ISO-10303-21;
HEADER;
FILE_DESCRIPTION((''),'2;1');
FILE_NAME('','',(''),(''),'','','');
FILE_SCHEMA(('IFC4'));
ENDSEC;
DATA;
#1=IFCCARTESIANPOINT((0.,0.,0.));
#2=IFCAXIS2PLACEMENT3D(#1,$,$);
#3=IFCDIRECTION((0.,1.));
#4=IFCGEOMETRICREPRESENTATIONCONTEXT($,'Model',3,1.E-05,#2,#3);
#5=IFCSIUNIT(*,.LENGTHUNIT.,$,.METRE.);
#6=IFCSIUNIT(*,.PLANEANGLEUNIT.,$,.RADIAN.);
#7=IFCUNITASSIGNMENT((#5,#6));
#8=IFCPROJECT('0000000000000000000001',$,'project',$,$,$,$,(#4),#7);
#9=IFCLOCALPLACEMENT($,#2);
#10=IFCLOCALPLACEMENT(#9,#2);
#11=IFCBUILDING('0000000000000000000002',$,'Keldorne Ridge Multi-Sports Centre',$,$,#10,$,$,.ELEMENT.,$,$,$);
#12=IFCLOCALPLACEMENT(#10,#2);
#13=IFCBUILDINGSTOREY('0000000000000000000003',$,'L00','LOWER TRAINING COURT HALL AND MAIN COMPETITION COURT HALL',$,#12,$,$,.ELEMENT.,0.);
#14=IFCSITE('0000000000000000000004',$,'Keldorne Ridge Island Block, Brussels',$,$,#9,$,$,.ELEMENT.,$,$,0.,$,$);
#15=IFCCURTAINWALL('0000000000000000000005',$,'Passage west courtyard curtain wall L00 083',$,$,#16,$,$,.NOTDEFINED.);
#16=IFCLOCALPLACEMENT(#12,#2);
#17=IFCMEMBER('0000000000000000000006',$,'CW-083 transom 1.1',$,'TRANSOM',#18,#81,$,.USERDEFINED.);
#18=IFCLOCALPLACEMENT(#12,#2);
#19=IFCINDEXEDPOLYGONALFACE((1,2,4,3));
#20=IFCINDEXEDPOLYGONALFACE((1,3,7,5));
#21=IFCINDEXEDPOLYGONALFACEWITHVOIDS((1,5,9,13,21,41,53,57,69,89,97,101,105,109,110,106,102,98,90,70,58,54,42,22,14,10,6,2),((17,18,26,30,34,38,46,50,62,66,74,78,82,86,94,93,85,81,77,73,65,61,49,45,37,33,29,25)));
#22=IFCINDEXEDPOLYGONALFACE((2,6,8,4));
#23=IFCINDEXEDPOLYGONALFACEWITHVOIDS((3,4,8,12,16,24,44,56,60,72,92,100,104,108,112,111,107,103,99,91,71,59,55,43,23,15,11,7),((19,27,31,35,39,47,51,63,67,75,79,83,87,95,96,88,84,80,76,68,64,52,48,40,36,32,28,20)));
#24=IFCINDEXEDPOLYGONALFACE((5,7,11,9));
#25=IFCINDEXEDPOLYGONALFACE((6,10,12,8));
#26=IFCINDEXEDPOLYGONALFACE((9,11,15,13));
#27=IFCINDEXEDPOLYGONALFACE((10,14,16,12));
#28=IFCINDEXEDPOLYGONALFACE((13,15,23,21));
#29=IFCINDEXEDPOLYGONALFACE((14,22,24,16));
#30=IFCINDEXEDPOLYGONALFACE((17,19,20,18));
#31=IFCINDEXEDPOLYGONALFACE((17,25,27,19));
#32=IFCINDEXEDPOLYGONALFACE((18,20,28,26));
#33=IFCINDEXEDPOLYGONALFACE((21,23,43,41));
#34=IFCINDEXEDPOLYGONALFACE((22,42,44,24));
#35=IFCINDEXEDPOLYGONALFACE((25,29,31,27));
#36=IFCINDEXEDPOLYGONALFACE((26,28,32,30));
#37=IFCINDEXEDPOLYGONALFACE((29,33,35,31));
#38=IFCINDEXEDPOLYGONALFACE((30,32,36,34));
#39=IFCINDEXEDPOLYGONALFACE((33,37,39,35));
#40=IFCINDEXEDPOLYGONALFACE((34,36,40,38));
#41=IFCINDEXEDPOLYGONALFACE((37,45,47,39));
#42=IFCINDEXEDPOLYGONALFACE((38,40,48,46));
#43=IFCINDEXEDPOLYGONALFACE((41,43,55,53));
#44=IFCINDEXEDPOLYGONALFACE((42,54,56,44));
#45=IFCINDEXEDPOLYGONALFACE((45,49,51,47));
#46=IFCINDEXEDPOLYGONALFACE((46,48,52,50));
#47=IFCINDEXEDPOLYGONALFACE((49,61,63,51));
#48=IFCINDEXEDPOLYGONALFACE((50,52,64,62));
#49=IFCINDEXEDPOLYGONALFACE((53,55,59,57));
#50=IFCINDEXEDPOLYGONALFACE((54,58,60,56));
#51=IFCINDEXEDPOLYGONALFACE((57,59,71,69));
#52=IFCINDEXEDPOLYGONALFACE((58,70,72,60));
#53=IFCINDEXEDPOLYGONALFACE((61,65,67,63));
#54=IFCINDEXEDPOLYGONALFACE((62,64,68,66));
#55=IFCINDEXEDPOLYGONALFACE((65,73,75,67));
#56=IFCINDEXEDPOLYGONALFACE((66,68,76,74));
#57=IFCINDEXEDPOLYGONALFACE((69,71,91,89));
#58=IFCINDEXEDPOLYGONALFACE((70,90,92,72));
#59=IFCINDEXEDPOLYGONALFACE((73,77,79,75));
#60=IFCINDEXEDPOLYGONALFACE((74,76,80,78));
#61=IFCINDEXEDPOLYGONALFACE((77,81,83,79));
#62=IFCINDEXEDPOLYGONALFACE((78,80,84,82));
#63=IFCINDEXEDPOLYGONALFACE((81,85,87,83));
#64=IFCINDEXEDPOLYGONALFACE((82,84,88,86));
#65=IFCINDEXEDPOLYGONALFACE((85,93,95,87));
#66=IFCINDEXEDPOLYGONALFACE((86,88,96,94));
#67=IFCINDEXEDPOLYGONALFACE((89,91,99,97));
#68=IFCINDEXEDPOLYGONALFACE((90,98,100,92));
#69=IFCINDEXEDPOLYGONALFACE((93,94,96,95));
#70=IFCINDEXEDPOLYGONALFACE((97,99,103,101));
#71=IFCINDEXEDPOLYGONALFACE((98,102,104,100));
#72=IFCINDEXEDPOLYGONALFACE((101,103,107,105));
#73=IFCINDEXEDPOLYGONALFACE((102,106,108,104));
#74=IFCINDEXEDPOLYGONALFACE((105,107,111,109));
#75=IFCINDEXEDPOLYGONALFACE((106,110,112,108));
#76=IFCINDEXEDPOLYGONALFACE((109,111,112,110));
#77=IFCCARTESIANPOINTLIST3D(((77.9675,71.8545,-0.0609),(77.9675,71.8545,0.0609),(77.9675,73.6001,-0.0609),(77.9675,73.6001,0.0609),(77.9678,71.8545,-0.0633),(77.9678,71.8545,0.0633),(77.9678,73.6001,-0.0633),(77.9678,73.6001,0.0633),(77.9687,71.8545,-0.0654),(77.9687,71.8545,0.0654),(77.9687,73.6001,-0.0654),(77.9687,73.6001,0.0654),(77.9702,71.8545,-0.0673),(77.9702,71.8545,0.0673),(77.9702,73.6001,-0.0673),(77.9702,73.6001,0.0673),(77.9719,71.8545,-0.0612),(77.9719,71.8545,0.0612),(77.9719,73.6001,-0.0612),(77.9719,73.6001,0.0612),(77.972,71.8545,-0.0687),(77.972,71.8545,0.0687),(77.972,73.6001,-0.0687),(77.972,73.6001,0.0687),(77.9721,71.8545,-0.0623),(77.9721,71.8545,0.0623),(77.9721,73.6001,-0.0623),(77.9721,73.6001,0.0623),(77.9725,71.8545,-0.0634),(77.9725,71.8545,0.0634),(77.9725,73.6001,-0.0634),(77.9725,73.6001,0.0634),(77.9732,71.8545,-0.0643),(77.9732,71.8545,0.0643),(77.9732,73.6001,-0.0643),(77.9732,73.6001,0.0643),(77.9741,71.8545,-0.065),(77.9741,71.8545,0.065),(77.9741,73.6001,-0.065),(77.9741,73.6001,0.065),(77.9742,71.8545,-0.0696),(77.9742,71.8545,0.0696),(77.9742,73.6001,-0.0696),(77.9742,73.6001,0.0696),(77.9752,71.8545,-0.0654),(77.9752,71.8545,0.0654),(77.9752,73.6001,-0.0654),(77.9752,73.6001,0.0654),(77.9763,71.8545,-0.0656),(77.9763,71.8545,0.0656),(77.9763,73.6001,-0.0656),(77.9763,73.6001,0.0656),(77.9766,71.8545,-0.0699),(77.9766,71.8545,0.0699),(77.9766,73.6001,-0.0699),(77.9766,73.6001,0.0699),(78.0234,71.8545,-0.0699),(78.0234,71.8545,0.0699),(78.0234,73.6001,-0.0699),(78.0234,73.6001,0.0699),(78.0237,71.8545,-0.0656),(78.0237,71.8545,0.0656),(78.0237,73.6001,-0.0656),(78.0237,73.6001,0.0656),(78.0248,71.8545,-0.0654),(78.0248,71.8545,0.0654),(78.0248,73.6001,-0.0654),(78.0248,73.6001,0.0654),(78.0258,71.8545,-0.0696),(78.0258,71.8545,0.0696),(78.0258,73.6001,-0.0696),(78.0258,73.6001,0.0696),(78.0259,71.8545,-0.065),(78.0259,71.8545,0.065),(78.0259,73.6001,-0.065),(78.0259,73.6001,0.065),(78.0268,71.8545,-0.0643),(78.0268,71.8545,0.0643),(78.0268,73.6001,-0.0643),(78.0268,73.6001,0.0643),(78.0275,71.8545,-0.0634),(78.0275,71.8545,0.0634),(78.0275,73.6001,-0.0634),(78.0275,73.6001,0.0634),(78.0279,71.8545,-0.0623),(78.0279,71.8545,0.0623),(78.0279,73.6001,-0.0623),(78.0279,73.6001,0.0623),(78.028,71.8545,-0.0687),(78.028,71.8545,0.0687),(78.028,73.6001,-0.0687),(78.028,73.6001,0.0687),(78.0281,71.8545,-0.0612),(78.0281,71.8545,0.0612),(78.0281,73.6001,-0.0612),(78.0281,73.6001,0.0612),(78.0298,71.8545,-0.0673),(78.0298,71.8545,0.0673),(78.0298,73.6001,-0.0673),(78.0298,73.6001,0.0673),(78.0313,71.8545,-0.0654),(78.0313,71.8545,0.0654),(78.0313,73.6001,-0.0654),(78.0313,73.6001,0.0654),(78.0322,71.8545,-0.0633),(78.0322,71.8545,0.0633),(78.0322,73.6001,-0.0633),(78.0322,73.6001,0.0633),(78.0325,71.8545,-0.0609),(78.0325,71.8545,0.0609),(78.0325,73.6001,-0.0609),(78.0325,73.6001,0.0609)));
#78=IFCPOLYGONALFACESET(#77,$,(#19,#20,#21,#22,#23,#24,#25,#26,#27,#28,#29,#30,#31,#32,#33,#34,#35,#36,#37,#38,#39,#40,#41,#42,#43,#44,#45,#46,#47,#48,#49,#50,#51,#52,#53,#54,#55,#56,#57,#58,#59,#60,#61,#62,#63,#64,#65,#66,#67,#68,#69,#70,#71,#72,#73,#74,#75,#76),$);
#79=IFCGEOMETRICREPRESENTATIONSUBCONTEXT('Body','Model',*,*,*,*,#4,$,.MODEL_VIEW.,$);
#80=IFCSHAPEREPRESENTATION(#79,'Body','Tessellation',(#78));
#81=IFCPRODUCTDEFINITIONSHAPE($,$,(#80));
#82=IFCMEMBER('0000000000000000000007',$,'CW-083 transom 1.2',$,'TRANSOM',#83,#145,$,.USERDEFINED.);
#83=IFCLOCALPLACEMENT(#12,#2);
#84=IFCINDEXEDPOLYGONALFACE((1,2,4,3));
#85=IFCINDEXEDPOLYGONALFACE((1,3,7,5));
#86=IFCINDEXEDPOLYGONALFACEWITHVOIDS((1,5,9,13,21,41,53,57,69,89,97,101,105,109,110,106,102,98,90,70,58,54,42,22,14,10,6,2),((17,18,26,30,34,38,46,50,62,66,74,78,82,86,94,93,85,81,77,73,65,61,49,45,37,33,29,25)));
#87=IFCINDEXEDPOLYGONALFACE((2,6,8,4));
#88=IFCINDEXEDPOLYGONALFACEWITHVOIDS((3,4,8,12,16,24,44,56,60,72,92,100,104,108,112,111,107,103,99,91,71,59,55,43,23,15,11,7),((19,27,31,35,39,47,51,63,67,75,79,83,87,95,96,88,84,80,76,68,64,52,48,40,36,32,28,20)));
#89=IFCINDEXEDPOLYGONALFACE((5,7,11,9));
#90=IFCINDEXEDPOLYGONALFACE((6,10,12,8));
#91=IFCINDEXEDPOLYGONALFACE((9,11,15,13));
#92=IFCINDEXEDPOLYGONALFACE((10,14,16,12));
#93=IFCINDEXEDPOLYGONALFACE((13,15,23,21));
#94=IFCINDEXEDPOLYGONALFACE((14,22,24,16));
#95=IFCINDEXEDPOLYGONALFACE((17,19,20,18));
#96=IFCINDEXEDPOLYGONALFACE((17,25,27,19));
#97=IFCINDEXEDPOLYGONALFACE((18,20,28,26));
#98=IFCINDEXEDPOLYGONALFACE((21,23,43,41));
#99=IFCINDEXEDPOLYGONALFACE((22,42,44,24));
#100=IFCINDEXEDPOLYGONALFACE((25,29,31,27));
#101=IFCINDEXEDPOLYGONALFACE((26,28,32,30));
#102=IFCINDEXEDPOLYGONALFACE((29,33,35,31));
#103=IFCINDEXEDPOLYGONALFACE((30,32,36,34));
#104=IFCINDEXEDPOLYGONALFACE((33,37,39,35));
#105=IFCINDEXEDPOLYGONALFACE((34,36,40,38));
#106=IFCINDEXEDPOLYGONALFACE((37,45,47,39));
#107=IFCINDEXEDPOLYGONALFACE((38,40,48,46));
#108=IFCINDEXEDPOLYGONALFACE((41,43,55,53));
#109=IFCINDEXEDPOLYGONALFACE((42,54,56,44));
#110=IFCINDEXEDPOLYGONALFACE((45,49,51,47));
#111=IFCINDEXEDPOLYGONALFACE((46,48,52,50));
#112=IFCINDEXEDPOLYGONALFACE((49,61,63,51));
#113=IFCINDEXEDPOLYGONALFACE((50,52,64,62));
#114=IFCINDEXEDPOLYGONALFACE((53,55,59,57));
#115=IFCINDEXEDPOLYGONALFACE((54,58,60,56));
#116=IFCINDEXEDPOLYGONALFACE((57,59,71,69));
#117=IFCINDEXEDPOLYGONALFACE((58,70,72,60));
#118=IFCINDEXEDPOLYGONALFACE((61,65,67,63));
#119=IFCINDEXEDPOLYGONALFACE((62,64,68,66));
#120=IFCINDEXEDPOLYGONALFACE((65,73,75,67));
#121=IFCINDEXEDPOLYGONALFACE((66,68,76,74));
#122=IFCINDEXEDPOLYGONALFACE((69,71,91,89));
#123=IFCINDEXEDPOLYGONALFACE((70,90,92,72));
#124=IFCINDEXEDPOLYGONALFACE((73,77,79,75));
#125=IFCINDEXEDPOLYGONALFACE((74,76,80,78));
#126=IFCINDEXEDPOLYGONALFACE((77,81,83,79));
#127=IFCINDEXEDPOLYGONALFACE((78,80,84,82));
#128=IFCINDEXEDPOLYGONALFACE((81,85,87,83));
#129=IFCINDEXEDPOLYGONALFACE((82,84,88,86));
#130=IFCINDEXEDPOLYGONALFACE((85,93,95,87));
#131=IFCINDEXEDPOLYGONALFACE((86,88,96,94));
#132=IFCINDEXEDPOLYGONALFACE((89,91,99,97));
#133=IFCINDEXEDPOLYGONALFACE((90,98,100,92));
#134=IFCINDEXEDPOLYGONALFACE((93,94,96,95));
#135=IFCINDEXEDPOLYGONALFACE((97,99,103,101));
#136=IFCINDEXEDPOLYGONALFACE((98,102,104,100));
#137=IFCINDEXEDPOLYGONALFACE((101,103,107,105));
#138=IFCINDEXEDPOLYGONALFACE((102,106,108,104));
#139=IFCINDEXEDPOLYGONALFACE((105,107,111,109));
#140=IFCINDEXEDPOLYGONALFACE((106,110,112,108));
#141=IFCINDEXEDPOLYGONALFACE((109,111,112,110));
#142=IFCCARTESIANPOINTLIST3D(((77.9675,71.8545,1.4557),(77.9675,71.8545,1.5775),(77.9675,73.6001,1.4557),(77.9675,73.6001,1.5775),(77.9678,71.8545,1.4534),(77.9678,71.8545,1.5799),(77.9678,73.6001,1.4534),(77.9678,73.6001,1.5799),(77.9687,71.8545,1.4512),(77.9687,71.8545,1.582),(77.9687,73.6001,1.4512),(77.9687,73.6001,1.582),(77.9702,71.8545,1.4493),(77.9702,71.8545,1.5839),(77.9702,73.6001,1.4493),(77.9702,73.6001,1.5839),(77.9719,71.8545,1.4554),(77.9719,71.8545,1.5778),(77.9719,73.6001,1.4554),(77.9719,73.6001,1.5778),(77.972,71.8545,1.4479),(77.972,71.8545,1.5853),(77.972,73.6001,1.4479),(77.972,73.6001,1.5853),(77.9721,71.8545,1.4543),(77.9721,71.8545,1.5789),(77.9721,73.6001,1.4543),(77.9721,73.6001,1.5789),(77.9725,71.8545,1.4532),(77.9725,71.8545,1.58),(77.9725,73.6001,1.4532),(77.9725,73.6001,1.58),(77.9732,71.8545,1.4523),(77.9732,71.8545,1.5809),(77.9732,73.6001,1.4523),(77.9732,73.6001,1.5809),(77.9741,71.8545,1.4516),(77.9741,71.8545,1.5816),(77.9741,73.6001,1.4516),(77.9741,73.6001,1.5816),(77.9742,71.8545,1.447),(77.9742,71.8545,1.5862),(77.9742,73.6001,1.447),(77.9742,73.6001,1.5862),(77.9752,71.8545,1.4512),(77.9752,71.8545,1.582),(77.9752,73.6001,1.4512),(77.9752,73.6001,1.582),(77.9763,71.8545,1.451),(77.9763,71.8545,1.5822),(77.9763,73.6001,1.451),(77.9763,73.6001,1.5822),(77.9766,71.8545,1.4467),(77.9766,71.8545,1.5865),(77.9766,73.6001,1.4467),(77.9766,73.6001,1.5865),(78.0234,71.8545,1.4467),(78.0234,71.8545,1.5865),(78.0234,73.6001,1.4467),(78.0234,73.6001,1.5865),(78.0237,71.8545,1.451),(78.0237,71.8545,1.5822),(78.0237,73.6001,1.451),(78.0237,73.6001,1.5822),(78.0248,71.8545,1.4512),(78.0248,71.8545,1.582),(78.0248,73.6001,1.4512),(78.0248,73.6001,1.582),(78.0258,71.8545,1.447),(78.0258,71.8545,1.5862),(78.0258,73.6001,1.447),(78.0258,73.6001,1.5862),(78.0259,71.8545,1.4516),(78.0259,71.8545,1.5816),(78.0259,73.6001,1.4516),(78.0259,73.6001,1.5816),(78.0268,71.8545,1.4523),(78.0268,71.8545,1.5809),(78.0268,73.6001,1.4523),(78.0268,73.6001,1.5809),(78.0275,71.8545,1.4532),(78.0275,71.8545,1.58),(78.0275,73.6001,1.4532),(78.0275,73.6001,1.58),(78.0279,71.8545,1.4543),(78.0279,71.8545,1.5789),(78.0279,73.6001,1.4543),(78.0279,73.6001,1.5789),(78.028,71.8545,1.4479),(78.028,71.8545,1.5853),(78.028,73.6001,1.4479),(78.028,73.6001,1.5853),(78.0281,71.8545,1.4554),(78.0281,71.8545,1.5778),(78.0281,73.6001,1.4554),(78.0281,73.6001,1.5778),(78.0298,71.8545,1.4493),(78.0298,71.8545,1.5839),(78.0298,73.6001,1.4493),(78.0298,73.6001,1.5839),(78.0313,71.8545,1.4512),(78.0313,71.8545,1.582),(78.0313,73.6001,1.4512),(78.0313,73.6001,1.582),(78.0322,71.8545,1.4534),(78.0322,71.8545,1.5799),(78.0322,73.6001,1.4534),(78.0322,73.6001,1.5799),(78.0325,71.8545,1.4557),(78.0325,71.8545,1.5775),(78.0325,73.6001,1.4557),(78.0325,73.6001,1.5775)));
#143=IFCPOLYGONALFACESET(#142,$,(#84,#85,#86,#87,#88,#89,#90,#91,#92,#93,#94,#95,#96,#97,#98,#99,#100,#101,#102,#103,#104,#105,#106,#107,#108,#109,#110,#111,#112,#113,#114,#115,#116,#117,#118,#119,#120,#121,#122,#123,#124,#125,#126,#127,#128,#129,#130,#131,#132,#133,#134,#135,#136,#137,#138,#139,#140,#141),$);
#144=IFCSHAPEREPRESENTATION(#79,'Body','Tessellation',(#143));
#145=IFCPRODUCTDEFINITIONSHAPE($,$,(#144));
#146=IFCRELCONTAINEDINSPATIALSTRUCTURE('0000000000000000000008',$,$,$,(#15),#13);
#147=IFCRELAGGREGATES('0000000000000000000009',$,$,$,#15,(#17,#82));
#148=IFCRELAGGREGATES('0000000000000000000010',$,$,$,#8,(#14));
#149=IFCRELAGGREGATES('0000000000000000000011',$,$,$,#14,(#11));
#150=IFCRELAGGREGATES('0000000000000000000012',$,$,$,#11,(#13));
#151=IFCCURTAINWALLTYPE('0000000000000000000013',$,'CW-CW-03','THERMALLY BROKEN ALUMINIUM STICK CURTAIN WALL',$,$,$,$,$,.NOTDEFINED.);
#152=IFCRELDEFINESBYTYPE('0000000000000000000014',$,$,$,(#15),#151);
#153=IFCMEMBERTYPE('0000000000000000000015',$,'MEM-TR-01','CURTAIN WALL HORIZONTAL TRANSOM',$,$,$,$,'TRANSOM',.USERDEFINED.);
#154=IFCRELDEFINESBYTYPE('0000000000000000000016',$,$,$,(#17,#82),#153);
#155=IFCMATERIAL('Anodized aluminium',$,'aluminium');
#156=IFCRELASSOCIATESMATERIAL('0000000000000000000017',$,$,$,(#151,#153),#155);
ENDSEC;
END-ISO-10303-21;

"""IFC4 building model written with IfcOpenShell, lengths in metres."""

from ifc_helpers import new_model, si_unit, direction, frame, origin, origin_2d, place, context, subcontext, project, spatial, hollow_rectangle, extrude, material, material_profile, profile_set, type_object, element, aggregate, save


model = new_model("IFC4")

# Units and contexts
model_context = context("Model", 3, precision=1e-05, world=origin(), true_north=direction((0.0, 1.0)))
body_context = subcontext(model_context, "Body", "Model", "MODEL_VIEW")
ifc_project = project(units=[si_unit("LENGTHUNIT", "METRE"), si_unit("PLANEANGLEUNIT", "RADIAN")], contexts=[model_context])

# Site, building, storey
site_placement = place(None, origin())
site = spatial("IfcSite", under=ifc_project, at=site_placement, Name="Keldorne Ridge Island Block, Brussels", CompositionType="ELEMENT", RefElevation=0.0)
building_placement = place(site_placement, origin())
building = spatial("IfcBuilding", under=site, at=building_placement, Name="Keldorne Ridge Multi-Sports Centre", CompositionType="ELEMENT")
storey_placement = place(building_placement, origin())
storey = spatial("IfcBuildingStorey", under=building, at=storey_placement, Name="L00", Description="LOWER TRAINING COURT HALL AND MAIN COMPETITION COURT HALL", CompositionType="ELEMENT", Elevation=0.0)

# Curtain wall, members
ifc_material_1 = material(Name="Anodized aluminium", Category="aluminium")
curtain_wall_type = type_object("IfcCurtainWallType", Name="CW-CW-03", Description="THERMALLY BROKEN ALUMINIUM STICK CURTAIN WALL", PredefinedType="NOTDEFINED", material=ifc_material_1)
curtain_wall_placement = place(storey_placement, origin())
curtain_wall = element("IfcCurtainWall", 1, at=curtain_wall_placement, inside=storey, type_object=curtain_wall_type, Name="Passage west courtyard curtain wall L00 083", PredefinedType="NOTDEFINED")
ifc_material_profile_1 = material_profile(ifc_material_1, hollow_rectangle(XDim=0.0649, YDim=0.1399, WallThickness=0.0044, InnerFilletRadius=0.0044, OuterFilletRadius=0.009, at=origin_2d()), Name="ALU TRANSOM 140x65x4.5")
ifc_profile_set_1 = profile_set([ifc_material_profile_1], Name="Anodized aluminium")
member_type_1 = type_object("IfcMemberType", Name="MEM-TR-01", Description="CURTAIN WALL HORIZONTAL TRANSOM", ElementType="TRANSOM", PredefinedType="USERDEFINED", material=ifc_profile_set_1)
member_1_placement = place(storey_placement, frame((78.0, 73.6001, 0.0), z_axis=(0.0, -1.0, 0.0), x_axis=(1.0, 0.0, 0.0)))
member_1 = element("IfcMember", 2, at=member_1_placement, type_object=member_type_1, Name="CW-083 transom 1.1", ObjectType="TRANSOM", PredefinedType="USERDEFINED", context=body_context, shape_type="SweptSolid", body=[
    extrude(hollow_rectangle(XDim=0.0649, YDim=0.1399, WallThickness=0.0044, InnerFilletRadius=0.0044, OuterFilletRadius=0.009, at=origin_2d()), origin(), (0.0, 0.0, 1.0), 1.7456),
])
member_2_placement = place(storey_placement, frame((78.0, 73.6001, 1.5166), z_axis=(0.0, -1.0, 0.0), x_axis=(1.0, 0.0, 0.0)))
member_2 = element("IfcMember", 3, at=member_2_placement, type_object=member_type_1, Name="CW-083 transom 1.2", ObjectType="TRANSOM", PredefinedType="USERDEFINED", context=body_context, shape_type="SweptSolid", body=[
    extrude(hollow_rectangle(XDim=0.0649, YDim=0.1399, WallThickness=0.0044, InnerFilletRadius=0.0044, OuterFilletRadius=0.009, at=origin_2d()), origin(), (0.0, 0.0, 1.0), 1.7456),
])
aggregate(curtain_wall, [member_1, member_2])

save(model, "model.ifc")
